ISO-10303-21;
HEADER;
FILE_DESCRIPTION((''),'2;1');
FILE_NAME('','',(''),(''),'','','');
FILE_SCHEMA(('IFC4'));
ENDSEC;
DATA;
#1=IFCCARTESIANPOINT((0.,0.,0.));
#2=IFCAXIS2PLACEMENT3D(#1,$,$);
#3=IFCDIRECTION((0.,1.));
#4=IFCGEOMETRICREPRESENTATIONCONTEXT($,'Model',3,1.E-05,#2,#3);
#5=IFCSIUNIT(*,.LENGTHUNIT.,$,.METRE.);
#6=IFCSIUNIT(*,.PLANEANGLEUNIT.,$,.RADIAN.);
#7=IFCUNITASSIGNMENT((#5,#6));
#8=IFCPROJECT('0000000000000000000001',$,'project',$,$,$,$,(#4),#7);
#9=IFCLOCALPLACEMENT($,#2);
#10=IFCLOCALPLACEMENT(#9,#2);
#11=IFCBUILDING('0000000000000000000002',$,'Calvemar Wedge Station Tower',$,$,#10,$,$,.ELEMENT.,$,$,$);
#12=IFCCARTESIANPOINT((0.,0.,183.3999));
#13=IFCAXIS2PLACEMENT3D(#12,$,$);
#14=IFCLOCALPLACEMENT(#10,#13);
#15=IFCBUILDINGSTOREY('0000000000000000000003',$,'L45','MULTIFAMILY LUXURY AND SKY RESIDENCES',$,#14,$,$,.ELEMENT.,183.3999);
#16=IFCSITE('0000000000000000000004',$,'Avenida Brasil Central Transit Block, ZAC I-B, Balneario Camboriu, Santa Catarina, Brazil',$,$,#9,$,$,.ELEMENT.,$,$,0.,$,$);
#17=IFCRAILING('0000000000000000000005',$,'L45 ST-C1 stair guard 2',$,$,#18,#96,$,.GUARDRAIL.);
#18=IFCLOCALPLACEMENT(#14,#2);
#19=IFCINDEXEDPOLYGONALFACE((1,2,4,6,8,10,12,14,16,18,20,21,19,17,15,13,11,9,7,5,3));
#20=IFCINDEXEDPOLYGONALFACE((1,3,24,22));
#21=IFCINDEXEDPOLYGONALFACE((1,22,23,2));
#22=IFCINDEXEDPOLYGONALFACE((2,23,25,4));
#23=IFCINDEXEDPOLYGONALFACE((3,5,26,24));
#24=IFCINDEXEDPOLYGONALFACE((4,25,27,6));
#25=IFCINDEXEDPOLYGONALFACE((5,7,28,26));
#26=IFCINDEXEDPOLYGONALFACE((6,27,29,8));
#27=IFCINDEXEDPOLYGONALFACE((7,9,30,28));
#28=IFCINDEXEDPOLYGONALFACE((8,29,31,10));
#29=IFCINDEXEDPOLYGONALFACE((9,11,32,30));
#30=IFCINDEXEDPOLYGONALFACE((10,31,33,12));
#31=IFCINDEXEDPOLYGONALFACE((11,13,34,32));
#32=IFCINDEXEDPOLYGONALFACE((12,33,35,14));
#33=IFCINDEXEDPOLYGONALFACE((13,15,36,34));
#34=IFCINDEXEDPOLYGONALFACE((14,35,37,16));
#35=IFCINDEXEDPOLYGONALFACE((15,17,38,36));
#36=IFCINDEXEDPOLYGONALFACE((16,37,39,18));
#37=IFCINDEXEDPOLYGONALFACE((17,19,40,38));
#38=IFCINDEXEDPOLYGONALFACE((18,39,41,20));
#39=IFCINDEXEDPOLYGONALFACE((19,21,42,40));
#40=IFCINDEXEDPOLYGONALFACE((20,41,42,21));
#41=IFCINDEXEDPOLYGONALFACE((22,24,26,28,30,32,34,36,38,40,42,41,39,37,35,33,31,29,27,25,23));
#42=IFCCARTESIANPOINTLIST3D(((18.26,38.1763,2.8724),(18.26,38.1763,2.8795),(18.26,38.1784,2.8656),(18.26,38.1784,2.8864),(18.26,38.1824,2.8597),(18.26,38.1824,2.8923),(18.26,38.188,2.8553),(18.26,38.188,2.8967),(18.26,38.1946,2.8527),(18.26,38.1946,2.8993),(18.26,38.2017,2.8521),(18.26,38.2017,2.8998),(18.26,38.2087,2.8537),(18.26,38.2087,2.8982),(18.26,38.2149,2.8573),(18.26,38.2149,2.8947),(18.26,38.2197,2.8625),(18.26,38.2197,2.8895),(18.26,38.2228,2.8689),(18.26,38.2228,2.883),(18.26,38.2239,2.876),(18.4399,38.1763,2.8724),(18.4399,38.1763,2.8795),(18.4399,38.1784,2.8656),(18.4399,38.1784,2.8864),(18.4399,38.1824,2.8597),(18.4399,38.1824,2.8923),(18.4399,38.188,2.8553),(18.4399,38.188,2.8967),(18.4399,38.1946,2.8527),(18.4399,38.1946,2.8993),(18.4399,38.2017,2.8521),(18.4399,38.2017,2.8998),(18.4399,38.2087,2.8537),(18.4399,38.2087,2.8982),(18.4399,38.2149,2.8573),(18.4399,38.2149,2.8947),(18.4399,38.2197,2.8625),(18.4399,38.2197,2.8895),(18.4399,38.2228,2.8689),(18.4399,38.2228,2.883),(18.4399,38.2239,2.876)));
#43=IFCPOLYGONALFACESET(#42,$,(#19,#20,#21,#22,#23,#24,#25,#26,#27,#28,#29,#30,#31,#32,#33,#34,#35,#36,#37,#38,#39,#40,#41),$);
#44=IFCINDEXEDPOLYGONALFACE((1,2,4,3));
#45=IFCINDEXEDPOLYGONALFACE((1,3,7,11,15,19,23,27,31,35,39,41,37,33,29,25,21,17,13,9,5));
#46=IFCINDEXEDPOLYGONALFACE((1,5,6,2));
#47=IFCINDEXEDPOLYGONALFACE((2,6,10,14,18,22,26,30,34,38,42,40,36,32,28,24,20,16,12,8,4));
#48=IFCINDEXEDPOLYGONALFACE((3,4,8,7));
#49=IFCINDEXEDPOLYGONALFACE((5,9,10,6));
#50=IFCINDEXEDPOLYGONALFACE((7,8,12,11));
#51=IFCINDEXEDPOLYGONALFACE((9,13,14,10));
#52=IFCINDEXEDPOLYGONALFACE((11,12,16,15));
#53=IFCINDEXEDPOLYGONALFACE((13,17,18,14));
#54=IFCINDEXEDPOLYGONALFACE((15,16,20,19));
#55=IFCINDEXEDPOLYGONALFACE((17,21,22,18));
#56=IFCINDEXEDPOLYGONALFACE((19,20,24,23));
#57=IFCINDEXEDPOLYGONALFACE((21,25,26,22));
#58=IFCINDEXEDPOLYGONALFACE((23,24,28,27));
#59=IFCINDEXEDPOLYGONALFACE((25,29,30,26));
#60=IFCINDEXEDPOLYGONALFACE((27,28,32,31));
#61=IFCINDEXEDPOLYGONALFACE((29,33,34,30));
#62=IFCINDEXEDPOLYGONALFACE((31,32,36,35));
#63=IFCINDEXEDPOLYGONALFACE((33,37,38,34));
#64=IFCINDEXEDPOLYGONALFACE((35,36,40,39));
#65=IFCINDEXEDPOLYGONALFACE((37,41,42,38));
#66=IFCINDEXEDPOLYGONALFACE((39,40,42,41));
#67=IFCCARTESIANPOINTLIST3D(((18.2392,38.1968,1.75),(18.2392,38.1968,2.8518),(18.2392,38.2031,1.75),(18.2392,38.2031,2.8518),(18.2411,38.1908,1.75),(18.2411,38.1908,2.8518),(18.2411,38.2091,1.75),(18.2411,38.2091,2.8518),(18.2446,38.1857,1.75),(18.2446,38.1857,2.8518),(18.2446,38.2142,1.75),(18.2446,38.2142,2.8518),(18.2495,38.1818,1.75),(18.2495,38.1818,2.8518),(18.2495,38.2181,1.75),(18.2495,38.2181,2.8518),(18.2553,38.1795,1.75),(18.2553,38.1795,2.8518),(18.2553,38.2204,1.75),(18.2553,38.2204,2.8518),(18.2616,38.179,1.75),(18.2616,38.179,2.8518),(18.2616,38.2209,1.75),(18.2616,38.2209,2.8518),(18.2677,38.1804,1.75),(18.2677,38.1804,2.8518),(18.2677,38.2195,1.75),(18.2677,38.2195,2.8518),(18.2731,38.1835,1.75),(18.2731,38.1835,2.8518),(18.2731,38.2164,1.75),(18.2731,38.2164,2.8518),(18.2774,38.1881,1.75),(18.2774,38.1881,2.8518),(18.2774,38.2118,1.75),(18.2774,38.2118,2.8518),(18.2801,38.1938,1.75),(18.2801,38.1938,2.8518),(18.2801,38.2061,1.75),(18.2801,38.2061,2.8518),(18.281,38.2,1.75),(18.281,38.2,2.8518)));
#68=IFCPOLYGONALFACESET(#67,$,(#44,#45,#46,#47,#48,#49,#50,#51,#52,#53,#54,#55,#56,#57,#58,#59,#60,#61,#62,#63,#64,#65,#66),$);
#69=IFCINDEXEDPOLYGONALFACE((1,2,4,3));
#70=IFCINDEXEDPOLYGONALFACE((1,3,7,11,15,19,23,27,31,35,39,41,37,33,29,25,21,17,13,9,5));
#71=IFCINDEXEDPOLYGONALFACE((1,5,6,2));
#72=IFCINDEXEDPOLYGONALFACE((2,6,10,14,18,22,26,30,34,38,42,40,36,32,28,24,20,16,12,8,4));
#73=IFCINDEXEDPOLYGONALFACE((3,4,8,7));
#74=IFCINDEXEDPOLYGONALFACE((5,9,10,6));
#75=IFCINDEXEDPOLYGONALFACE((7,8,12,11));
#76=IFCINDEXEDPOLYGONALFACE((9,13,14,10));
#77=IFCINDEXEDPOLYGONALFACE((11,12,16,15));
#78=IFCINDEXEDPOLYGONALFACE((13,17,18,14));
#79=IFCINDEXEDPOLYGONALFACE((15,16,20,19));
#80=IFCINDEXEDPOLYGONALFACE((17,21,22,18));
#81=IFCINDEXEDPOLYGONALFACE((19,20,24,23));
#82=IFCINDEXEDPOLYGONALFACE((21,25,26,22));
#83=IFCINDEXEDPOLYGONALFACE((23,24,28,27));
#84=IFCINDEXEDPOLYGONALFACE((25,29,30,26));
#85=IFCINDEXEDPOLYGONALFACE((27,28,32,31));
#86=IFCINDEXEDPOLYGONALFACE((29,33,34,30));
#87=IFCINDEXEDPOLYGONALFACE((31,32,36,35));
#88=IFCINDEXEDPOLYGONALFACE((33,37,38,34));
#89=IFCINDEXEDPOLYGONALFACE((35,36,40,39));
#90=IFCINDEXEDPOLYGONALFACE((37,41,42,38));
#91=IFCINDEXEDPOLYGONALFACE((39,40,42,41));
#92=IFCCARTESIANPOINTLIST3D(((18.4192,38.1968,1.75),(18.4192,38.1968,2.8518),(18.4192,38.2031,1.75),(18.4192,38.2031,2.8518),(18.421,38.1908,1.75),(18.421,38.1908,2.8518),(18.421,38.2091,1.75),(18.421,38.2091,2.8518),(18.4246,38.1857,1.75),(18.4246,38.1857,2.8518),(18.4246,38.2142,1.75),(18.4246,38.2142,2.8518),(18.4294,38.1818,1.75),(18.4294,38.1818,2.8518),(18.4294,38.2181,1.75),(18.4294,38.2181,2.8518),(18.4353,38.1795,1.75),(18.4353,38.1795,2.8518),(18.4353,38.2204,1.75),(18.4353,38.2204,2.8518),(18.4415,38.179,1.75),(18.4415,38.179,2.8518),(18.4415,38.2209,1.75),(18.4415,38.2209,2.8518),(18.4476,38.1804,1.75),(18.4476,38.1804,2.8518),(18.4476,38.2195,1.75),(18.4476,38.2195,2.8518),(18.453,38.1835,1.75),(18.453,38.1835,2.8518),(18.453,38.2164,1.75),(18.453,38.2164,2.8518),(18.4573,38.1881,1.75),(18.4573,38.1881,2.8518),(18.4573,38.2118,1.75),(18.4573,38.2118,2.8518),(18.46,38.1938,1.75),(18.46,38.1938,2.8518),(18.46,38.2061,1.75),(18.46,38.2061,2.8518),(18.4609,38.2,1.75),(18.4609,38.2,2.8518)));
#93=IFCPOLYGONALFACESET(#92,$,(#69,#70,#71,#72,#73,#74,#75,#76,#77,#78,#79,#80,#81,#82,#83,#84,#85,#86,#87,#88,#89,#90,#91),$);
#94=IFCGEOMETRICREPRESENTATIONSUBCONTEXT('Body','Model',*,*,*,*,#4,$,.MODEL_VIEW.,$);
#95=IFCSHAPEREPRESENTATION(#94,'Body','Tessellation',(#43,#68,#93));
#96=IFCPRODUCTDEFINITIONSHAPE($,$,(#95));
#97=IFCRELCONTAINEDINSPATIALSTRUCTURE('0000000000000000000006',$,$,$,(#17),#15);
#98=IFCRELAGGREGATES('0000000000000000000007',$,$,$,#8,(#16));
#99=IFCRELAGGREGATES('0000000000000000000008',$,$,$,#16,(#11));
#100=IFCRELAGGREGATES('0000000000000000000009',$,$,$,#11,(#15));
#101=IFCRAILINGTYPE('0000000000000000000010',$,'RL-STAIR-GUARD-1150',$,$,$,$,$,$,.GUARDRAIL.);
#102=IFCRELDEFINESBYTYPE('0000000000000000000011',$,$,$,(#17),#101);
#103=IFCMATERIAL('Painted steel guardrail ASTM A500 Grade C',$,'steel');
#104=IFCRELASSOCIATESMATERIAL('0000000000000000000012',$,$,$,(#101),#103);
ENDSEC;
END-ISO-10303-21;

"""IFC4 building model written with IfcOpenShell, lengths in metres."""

from ifc_helpers import new_model, si_unit, direction, frame, origin, origin_2d, place, context, subcontext, project, spatial, circle, extrude, material, type_object, element, save


model = new_model("IFC4")

# Units and contexts
model_context = context("Model", 3, precision=1e-05, world=origin(), true_north=direction((0.0, 1.0)))
body_context = subcontext(model_context, "Body", "Model", "MODEL_VIEW")
ifc_project = project(units=[si_unit("LENGTHUNIT", "METRE"), si_unit("PLANEANGLEUNIT", "RADIAN")], contexts=[model_context])

# Site, building, storey
site_placement = place(None, origin())
site = spatial("IfcSite", under=ifc_project, at=site_placement, Name="Avenida Brasil Central Transit Block, ZAC I-B, Balneario Camboriu, Santa Catarina, Brazil", CompositionType="ELEMENT", RefElevation=0.0)
building_placement = place(site_placement, origin())
building = spatial("IfcBuilding", under=site, at=building_placement, Name="Calvemar Wedge Station Tower", CompositionType="ELEMENT")
storey_placement = place(building_placement, frame((0.0, 0.0, 183.3999)))
storey = spatial("IfcBuildingStorey", under=building, at=storey_placement, Name="L45", Description="MULTIFAMILY LUXURY AND SKY RESIDENCES", CompositionType="ELEMENT", Elevation=183.3999)

# Railing
ifc_material_1 = material(Name="Painted steel guardrail ASTM A500 Grade C", Category="steel")
railing_type_1 = type_object("IfcRailingType", Name="RL-STAIR-GUARD-1150", PredefinedType="GUARDRAIL", material=ifc_material_1)
railing_1_placement = place(storey_placement, frame((18.26, 38.2, 1.75)))
element("IfcRailing", 1, at=railing_1_placement, inside=storey, type_object=railing_type_1, Name="L45 ST-C1 stair guard 2", PredefinedType="GUARDRAIL", context=body_context, shape_type="SweptSolid", body=[
    extrude(circle(Radius=0.0239, at=origin_2d()), frame((0.0, 0.0, 1.126), z_axis=(1.0, 0.0, 0.0), x_axis=(0.0, 1.0, 0.0)), (0.0, 0.0, 1.0), 0.1799),
    extrude(circle(Radius=0.021, at=origin_2d()), origin(), (0.0, 0.0, 1.0), 1.1018),
    extrude(circle(Radius=0.021, at=origin_2d()), frame((0.1799, 0.0, 0.0)), (0.0, 0.0, 1.0), 1.1018),
])

save(model, "model.ifc")
